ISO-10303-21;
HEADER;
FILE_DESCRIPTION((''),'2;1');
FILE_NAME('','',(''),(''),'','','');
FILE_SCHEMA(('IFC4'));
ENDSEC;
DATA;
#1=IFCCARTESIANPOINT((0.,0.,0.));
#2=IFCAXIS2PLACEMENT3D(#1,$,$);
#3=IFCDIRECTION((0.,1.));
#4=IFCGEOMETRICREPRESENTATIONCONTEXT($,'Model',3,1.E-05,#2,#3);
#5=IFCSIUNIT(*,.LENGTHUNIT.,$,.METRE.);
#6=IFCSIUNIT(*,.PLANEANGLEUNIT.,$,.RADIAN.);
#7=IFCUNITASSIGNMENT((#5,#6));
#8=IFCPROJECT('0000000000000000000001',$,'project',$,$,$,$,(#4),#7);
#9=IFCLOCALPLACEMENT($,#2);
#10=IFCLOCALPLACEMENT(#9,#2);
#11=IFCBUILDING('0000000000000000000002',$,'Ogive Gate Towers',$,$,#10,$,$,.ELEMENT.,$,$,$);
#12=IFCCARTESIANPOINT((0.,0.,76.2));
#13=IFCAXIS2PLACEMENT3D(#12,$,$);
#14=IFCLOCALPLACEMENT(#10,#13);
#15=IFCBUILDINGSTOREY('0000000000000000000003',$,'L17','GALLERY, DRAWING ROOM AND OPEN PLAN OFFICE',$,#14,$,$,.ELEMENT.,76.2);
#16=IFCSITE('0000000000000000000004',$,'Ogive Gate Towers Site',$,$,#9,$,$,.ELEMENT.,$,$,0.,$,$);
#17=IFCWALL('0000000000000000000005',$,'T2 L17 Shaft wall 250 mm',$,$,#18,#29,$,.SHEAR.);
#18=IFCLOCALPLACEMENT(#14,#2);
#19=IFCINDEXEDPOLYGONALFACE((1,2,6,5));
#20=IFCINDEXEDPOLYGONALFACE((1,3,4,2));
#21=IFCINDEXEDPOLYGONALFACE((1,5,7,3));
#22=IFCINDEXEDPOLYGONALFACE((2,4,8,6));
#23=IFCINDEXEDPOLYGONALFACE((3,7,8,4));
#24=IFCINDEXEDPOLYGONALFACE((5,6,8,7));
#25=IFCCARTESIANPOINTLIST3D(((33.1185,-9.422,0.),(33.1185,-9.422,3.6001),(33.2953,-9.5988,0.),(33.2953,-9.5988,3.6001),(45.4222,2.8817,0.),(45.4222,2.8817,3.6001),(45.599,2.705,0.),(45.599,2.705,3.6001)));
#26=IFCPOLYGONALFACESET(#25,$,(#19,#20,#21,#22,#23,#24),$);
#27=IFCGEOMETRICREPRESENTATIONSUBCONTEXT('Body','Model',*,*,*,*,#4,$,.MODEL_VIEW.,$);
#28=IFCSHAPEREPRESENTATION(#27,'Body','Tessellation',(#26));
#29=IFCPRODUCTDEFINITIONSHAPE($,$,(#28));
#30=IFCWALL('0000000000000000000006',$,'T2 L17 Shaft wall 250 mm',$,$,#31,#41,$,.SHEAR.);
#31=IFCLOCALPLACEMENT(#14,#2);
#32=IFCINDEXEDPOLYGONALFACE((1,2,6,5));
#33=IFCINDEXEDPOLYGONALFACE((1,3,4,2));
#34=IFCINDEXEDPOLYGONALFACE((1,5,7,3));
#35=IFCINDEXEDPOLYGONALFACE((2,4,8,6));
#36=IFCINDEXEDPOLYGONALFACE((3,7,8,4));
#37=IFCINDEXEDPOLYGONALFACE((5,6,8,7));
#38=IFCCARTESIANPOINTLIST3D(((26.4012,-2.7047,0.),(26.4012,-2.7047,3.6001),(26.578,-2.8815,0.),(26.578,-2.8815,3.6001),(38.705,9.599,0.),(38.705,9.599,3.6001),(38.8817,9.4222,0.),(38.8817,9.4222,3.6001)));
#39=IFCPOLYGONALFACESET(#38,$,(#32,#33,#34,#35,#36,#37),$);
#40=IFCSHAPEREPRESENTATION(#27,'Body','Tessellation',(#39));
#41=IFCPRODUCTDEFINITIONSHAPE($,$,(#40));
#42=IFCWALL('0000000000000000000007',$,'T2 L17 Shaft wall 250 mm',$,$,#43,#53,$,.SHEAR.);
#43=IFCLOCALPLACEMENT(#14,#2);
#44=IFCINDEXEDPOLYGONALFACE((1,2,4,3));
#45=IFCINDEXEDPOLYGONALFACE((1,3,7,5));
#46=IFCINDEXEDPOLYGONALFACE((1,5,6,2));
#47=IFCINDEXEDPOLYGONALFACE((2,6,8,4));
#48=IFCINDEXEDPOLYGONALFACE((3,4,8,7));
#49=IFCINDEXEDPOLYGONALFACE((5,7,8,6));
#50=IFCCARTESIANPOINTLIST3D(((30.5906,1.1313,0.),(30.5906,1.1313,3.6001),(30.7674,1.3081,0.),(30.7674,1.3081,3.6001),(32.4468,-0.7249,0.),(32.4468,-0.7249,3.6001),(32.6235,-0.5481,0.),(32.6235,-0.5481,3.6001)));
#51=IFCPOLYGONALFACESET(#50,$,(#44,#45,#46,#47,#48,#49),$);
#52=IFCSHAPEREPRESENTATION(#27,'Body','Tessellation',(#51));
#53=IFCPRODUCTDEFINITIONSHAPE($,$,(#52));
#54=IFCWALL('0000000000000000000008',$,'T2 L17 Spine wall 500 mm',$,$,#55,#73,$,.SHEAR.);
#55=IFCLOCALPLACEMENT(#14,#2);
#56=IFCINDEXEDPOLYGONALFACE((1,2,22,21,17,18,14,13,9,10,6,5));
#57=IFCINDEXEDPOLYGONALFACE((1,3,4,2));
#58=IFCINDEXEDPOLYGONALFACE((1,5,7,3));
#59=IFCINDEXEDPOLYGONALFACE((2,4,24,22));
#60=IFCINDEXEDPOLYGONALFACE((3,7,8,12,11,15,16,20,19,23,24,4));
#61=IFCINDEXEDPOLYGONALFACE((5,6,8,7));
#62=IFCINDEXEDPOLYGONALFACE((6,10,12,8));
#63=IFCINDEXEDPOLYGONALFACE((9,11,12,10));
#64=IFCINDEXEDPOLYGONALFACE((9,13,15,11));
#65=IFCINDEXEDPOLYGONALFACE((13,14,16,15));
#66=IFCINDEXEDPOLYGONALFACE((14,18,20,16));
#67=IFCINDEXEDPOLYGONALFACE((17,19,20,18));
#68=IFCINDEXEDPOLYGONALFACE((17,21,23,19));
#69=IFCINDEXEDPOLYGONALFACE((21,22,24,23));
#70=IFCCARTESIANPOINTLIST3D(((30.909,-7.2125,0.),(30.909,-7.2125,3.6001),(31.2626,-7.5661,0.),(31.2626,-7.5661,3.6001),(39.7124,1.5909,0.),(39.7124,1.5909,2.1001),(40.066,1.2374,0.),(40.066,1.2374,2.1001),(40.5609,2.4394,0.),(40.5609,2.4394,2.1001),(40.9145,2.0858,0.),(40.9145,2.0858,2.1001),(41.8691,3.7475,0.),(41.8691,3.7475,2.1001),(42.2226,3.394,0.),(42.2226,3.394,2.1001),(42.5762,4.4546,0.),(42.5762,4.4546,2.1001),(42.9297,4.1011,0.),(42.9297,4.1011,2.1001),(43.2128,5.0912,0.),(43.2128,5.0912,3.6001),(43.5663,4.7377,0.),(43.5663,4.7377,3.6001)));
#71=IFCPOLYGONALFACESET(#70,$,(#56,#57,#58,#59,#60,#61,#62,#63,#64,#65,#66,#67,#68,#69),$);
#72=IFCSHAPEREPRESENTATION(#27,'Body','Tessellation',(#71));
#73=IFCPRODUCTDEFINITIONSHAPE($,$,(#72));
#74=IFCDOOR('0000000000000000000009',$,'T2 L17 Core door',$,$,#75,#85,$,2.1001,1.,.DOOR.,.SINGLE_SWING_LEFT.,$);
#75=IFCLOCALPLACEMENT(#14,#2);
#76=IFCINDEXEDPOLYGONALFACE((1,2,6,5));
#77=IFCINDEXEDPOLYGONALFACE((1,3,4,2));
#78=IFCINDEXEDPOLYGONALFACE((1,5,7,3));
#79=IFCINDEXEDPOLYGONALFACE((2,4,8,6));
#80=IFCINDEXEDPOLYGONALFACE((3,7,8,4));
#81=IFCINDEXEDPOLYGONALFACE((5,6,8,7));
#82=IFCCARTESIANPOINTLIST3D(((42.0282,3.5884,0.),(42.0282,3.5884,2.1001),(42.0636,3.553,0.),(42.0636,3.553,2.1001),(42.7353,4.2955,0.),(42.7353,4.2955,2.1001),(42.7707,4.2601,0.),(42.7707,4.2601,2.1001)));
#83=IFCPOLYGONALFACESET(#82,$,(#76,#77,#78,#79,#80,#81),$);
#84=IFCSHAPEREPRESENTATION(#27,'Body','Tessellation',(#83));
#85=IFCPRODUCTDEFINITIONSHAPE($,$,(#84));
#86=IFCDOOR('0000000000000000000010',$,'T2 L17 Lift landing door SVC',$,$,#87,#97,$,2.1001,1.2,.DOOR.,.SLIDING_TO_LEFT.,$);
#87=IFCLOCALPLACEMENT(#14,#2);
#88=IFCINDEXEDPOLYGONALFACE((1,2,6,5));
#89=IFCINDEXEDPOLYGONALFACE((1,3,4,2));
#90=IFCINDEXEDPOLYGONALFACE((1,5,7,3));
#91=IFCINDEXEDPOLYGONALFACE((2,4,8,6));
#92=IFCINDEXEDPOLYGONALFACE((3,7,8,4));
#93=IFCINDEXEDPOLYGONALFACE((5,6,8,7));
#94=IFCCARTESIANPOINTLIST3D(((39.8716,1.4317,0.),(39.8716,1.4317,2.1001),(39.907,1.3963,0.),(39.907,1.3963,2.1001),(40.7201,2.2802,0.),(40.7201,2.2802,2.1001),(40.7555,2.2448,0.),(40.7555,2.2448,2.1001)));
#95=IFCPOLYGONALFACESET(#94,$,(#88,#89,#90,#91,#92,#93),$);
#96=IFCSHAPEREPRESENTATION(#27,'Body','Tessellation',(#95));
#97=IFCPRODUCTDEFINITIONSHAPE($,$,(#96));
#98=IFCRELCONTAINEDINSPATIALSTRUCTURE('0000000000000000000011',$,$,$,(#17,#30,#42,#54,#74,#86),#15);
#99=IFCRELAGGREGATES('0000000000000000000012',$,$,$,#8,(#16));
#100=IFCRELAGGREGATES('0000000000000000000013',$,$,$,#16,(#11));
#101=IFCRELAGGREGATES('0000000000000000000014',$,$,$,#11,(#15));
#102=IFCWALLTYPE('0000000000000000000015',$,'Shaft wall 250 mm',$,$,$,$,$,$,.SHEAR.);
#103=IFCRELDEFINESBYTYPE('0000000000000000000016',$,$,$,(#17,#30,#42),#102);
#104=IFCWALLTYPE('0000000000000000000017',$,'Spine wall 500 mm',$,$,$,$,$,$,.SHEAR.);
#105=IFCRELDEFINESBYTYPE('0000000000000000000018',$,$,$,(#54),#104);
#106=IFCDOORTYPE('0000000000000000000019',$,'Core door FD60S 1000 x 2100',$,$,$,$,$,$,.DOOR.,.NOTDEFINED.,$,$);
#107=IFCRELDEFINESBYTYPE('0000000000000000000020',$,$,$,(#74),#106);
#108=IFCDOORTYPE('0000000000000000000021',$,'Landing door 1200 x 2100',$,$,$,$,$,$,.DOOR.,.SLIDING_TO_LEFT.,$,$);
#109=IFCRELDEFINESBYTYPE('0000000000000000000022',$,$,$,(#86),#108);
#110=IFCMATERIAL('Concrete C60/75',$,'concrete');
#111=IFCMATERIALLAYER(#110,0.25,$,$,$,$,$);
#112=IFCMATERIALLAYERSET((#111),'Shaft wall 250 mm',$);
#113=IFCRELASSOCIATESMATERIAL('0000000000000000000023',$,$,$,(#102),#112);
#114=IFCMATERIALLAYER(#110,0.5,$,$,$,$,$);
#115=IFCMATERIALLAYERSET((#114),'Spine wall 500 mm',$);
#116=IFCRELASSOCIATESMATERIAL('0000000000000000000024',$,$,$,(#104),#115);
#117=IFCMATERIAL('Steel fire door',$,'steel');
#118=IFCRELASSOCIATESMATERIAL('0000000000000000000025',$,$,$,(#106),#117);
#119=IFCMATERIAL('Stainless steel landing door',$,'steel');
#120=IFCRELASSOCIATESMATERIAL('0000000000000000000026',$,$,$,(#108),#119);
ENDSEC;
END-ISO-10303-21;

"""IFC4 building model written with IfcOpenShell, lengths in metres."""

from ifc_helpers import new_model, si_unit, direction, frame, frame_2d, origin, place, context, subcontext, project, spatial, rectangle, extrude, material, layer, layer_set, type_object, element, fill, save


model = new_model("IFC4")

# Units and contexts
model_context = context("Model", 3, precision=1e-05, world=origin(), true_north=direction((0.0, 1.0)))
body_context = subcontext(model_context, "Body", "Model", "MODEL_VIEW")
ifc_project = project(units=[si_unit("LENGTHUNIT", "METRE"), si_unit("PLANEANGLEUNIT", "RADIAN")], contexts=[model_context])

# Site, building, storey
site_placement = place(None, origin())
site = spatial("IfcSite", under=ifc_project, at=site_placement, Name="Ogive Gate Towers Site", CompositionType="ELEMENT", RefElevation=0.0)
building_placement = place(site_placement, origin())
building = spatial("IfcBuilding", under=site, at=building_placement, Name="Ogive Gate Towers", CompositionType="ELEMENT")
storey_placement = place(building_placement, frame((0.0, 0.0, 76.2)))
storey = spatial("IfcBuildingStorey", under=building, at=storey_placement, Name="L17", Description="GALLERY, DRAWING ROOM AND OPEN PLAN OFFICE", CompositionType="ELEMENT", Elevation=76.2)

# Walls
ifc_material_1 = material(Name="Concrete C60/75", Category="concrete")
ifc_layer_1 = layer(ifc_material_1, 0.25)
ifc_layer_set_1 = layer_set([ifc_layer_1], Name="Shaft wall 250 mm")
wall_type_1 = type_object("IfcWallType", Name="Shaft wall 250 mm", PredefinedType="SHEAR", material=ifc_layer_set_1)
for number, where, z_axis, x_axis, name in (
    (1, (33.2068, -9.5105, 0.0), (0.0, 0.0, 1.0), (0.707107, 0.707107, 0.0), "T2 L17 Shaft wall 250 mm"),
    (2, (26.4895, -2.7932, 0.0), (0.0, 0.0, 1.0), (0.707107, 0.707107, 0.0), "T2 L17 Shaft wall 250 mm"),
):
    element("IfcWall", number, at=place(storey_placement, frame(where, z_axis=z_axis, x_axis=x_axis)), inside=storey, type_object=wall_type_1, Name=name, PredefinedType="SHEAR", context=body_context, shape_type="SweptSolid", body=[
        extrude(rectangle(XDim=17.4001, YDim=0.25, at=frame_2d((8.7002, 0.0))), origin(), (0.0, 0.0, 1.0), 3.6001),
    ])
wall_1_placement = place(storey_placement, frame((32.5352, -0.6365, 0.0), z_axis=(0.0, 0.0, 1.0), x_axis=(-0.707107, 0.707107, 0.0)))
element("IfcWall", 3, at=wall_1_placement, inside=storey, type_object=wall_type_1, Name="T2 L17 Shaft wall 250 mm", PredefinedType="SHEAR", context=body_context, shape_type="SweptSolid", body=[
    extrude(rectangle(XDim=2.625, YDim=0.25, at=frame_2d((1.3125, 0.0))), origin(), (0.0, 0.0, 1.0), 3.6001),
])

# Wall, openings, doors
ifc_layer_2 = layer(ifc_material_1, 0.5)
ifc_layer_set_2 = layer_set([ifc_layer_2], Name="Spine wall 500 mm")
wall_type_2 = type_object("IfcWallType", Name="Spine wall 500 mm", PredefinedType="SHEAR", material=ifc_layer_set_2)
wall_2_placement = place(storey_placement, frame((31.0857, -7.3894, 0.0), z_axis=(0.0, 0.0, 1.0), x_axis=(0.707107, 0.707107, 0.0)))
wall_2 = element("IfcWall", 4, at=wall_2_placement, inside=storey, type_object=wall_type_2, Name="T2 L17 Spine wall 500 mm", PredefinedType="SHEAR", context=body_context, shape_type="SweptSolid", body=[
    extrude(rectangle(XDim=17.4001, YDim=0.5, at=frame_2d((8.7002, 0.0))), origin(), (0.0, 0.0, 1.0), 3.6001),
])
opening_1_placement = place(wall_2_placement, frame((12.45, 0.0, 0.0)))
opening_1 = element("IfcOpeningElement", 5, at=opening_1_placement, cuts=wall_2, PredefinedType="OPENING", context=body_context, shape_type="SweptSolid", body=[
    extrude(rectangle(XDim=1.2, YDim=2.1001, at=frame_2d((0.6001, 1.05))), frame((0.0, 0.26, 0.0), z_axis=(0.0, -1.0, 0.0), x_axis=(1.0, 0.0, 0.0)), (0.0, 0.0, 1.0), 0.52),
])
opening_2_placement = place(wall_2_placement, frame((15.5, 0.0, 0.0)))
opening_2 = element("IfcOpeningElement", 6, at=opening_2_placement, cuts=wall_2, PredefinedType="OPENING", context=body_context, shape_type="SweptSolid", body=[
    extrude(rectangle(XDim=1.0, YDim=2.1001, at=frame_2d((0.5, 1.05))), frame((0.0, 0.26, 0.0), z_axis=(0.0, -1.0, 0.0), x_axis=(1.0, 0.0, 0.0)), (0.0, 0.0, 1.0), 0.52),
])
ifc_material_2 = material(Name="Steel fire door", Category="steel")
door_type_1 = type_object("IfcDoorType", Name="Core door FD60S 1000 x 2100", OperationType="NOTDEFINED", PredefinedType="DOOR", material=ifc_material_2)
door_1_placement = place(opening_2_placement, origin())
door_1 = element("IfcDoor", 7, at=door_1_placement, inside=storey, type_object=door_type_1, Name="T2 L17 Core door", OperationType="SINGLE_SWING_LEFT", OverallHeight=2.1001, OverallWidth=1.0, PredefinedType="DOOR", context=body_context, shape_type="SweptSolid", body=[
    extrude(rectangle(XDim=1.0, YDim=2.1001, at=frame_2d((0.5, 1.05))), frame((0.0, 0.0249, 0.0), z_axis=(0.0, -1.0, 0.0), x_axis=(1.0, 0.0, 0.0)), (0.0, 0.0, 1.0), 0.05),
])
fill(opening_2, door_1)
ifc_material_3 = material(Name="Stainless steel landing door", Category="steel")
door_type_2 = type_object("IfcDoorType", Name="Landing door 1200 x 2100", OperationType="SLIDING_TO_LEFT", PredefinedType="DOOR", material=ifc_material_3)
door_2_placement = place(opening_1_placement, origin())
door_2 = element("IfcDoor", 8, at=door_2_placement, inside=storey, type_object=door_type_2, Name="T2 L17 Lift landing door SVC", OperationType="SLIDING_TO_LEFT", OverallHeight=2.1001, OverallWidth=1.2, PredefinedType="DOOR", context=body_context, shape_type="SweptSolid", body=[
    extrude(rectangle(XDim=1.2, YDim=2.1001, at=frame_2d((0.6001, 1.05))), frame((0.0, 0.0249, 0.0), z_axis=(0.0, -1.0, 0.0), x_axis=(1.0, 0.0, 0.0)), (0.0, 0.0, 1.0), 0.05),
])
fill(opening_1, door_2)

save(model, "model.ifc")
